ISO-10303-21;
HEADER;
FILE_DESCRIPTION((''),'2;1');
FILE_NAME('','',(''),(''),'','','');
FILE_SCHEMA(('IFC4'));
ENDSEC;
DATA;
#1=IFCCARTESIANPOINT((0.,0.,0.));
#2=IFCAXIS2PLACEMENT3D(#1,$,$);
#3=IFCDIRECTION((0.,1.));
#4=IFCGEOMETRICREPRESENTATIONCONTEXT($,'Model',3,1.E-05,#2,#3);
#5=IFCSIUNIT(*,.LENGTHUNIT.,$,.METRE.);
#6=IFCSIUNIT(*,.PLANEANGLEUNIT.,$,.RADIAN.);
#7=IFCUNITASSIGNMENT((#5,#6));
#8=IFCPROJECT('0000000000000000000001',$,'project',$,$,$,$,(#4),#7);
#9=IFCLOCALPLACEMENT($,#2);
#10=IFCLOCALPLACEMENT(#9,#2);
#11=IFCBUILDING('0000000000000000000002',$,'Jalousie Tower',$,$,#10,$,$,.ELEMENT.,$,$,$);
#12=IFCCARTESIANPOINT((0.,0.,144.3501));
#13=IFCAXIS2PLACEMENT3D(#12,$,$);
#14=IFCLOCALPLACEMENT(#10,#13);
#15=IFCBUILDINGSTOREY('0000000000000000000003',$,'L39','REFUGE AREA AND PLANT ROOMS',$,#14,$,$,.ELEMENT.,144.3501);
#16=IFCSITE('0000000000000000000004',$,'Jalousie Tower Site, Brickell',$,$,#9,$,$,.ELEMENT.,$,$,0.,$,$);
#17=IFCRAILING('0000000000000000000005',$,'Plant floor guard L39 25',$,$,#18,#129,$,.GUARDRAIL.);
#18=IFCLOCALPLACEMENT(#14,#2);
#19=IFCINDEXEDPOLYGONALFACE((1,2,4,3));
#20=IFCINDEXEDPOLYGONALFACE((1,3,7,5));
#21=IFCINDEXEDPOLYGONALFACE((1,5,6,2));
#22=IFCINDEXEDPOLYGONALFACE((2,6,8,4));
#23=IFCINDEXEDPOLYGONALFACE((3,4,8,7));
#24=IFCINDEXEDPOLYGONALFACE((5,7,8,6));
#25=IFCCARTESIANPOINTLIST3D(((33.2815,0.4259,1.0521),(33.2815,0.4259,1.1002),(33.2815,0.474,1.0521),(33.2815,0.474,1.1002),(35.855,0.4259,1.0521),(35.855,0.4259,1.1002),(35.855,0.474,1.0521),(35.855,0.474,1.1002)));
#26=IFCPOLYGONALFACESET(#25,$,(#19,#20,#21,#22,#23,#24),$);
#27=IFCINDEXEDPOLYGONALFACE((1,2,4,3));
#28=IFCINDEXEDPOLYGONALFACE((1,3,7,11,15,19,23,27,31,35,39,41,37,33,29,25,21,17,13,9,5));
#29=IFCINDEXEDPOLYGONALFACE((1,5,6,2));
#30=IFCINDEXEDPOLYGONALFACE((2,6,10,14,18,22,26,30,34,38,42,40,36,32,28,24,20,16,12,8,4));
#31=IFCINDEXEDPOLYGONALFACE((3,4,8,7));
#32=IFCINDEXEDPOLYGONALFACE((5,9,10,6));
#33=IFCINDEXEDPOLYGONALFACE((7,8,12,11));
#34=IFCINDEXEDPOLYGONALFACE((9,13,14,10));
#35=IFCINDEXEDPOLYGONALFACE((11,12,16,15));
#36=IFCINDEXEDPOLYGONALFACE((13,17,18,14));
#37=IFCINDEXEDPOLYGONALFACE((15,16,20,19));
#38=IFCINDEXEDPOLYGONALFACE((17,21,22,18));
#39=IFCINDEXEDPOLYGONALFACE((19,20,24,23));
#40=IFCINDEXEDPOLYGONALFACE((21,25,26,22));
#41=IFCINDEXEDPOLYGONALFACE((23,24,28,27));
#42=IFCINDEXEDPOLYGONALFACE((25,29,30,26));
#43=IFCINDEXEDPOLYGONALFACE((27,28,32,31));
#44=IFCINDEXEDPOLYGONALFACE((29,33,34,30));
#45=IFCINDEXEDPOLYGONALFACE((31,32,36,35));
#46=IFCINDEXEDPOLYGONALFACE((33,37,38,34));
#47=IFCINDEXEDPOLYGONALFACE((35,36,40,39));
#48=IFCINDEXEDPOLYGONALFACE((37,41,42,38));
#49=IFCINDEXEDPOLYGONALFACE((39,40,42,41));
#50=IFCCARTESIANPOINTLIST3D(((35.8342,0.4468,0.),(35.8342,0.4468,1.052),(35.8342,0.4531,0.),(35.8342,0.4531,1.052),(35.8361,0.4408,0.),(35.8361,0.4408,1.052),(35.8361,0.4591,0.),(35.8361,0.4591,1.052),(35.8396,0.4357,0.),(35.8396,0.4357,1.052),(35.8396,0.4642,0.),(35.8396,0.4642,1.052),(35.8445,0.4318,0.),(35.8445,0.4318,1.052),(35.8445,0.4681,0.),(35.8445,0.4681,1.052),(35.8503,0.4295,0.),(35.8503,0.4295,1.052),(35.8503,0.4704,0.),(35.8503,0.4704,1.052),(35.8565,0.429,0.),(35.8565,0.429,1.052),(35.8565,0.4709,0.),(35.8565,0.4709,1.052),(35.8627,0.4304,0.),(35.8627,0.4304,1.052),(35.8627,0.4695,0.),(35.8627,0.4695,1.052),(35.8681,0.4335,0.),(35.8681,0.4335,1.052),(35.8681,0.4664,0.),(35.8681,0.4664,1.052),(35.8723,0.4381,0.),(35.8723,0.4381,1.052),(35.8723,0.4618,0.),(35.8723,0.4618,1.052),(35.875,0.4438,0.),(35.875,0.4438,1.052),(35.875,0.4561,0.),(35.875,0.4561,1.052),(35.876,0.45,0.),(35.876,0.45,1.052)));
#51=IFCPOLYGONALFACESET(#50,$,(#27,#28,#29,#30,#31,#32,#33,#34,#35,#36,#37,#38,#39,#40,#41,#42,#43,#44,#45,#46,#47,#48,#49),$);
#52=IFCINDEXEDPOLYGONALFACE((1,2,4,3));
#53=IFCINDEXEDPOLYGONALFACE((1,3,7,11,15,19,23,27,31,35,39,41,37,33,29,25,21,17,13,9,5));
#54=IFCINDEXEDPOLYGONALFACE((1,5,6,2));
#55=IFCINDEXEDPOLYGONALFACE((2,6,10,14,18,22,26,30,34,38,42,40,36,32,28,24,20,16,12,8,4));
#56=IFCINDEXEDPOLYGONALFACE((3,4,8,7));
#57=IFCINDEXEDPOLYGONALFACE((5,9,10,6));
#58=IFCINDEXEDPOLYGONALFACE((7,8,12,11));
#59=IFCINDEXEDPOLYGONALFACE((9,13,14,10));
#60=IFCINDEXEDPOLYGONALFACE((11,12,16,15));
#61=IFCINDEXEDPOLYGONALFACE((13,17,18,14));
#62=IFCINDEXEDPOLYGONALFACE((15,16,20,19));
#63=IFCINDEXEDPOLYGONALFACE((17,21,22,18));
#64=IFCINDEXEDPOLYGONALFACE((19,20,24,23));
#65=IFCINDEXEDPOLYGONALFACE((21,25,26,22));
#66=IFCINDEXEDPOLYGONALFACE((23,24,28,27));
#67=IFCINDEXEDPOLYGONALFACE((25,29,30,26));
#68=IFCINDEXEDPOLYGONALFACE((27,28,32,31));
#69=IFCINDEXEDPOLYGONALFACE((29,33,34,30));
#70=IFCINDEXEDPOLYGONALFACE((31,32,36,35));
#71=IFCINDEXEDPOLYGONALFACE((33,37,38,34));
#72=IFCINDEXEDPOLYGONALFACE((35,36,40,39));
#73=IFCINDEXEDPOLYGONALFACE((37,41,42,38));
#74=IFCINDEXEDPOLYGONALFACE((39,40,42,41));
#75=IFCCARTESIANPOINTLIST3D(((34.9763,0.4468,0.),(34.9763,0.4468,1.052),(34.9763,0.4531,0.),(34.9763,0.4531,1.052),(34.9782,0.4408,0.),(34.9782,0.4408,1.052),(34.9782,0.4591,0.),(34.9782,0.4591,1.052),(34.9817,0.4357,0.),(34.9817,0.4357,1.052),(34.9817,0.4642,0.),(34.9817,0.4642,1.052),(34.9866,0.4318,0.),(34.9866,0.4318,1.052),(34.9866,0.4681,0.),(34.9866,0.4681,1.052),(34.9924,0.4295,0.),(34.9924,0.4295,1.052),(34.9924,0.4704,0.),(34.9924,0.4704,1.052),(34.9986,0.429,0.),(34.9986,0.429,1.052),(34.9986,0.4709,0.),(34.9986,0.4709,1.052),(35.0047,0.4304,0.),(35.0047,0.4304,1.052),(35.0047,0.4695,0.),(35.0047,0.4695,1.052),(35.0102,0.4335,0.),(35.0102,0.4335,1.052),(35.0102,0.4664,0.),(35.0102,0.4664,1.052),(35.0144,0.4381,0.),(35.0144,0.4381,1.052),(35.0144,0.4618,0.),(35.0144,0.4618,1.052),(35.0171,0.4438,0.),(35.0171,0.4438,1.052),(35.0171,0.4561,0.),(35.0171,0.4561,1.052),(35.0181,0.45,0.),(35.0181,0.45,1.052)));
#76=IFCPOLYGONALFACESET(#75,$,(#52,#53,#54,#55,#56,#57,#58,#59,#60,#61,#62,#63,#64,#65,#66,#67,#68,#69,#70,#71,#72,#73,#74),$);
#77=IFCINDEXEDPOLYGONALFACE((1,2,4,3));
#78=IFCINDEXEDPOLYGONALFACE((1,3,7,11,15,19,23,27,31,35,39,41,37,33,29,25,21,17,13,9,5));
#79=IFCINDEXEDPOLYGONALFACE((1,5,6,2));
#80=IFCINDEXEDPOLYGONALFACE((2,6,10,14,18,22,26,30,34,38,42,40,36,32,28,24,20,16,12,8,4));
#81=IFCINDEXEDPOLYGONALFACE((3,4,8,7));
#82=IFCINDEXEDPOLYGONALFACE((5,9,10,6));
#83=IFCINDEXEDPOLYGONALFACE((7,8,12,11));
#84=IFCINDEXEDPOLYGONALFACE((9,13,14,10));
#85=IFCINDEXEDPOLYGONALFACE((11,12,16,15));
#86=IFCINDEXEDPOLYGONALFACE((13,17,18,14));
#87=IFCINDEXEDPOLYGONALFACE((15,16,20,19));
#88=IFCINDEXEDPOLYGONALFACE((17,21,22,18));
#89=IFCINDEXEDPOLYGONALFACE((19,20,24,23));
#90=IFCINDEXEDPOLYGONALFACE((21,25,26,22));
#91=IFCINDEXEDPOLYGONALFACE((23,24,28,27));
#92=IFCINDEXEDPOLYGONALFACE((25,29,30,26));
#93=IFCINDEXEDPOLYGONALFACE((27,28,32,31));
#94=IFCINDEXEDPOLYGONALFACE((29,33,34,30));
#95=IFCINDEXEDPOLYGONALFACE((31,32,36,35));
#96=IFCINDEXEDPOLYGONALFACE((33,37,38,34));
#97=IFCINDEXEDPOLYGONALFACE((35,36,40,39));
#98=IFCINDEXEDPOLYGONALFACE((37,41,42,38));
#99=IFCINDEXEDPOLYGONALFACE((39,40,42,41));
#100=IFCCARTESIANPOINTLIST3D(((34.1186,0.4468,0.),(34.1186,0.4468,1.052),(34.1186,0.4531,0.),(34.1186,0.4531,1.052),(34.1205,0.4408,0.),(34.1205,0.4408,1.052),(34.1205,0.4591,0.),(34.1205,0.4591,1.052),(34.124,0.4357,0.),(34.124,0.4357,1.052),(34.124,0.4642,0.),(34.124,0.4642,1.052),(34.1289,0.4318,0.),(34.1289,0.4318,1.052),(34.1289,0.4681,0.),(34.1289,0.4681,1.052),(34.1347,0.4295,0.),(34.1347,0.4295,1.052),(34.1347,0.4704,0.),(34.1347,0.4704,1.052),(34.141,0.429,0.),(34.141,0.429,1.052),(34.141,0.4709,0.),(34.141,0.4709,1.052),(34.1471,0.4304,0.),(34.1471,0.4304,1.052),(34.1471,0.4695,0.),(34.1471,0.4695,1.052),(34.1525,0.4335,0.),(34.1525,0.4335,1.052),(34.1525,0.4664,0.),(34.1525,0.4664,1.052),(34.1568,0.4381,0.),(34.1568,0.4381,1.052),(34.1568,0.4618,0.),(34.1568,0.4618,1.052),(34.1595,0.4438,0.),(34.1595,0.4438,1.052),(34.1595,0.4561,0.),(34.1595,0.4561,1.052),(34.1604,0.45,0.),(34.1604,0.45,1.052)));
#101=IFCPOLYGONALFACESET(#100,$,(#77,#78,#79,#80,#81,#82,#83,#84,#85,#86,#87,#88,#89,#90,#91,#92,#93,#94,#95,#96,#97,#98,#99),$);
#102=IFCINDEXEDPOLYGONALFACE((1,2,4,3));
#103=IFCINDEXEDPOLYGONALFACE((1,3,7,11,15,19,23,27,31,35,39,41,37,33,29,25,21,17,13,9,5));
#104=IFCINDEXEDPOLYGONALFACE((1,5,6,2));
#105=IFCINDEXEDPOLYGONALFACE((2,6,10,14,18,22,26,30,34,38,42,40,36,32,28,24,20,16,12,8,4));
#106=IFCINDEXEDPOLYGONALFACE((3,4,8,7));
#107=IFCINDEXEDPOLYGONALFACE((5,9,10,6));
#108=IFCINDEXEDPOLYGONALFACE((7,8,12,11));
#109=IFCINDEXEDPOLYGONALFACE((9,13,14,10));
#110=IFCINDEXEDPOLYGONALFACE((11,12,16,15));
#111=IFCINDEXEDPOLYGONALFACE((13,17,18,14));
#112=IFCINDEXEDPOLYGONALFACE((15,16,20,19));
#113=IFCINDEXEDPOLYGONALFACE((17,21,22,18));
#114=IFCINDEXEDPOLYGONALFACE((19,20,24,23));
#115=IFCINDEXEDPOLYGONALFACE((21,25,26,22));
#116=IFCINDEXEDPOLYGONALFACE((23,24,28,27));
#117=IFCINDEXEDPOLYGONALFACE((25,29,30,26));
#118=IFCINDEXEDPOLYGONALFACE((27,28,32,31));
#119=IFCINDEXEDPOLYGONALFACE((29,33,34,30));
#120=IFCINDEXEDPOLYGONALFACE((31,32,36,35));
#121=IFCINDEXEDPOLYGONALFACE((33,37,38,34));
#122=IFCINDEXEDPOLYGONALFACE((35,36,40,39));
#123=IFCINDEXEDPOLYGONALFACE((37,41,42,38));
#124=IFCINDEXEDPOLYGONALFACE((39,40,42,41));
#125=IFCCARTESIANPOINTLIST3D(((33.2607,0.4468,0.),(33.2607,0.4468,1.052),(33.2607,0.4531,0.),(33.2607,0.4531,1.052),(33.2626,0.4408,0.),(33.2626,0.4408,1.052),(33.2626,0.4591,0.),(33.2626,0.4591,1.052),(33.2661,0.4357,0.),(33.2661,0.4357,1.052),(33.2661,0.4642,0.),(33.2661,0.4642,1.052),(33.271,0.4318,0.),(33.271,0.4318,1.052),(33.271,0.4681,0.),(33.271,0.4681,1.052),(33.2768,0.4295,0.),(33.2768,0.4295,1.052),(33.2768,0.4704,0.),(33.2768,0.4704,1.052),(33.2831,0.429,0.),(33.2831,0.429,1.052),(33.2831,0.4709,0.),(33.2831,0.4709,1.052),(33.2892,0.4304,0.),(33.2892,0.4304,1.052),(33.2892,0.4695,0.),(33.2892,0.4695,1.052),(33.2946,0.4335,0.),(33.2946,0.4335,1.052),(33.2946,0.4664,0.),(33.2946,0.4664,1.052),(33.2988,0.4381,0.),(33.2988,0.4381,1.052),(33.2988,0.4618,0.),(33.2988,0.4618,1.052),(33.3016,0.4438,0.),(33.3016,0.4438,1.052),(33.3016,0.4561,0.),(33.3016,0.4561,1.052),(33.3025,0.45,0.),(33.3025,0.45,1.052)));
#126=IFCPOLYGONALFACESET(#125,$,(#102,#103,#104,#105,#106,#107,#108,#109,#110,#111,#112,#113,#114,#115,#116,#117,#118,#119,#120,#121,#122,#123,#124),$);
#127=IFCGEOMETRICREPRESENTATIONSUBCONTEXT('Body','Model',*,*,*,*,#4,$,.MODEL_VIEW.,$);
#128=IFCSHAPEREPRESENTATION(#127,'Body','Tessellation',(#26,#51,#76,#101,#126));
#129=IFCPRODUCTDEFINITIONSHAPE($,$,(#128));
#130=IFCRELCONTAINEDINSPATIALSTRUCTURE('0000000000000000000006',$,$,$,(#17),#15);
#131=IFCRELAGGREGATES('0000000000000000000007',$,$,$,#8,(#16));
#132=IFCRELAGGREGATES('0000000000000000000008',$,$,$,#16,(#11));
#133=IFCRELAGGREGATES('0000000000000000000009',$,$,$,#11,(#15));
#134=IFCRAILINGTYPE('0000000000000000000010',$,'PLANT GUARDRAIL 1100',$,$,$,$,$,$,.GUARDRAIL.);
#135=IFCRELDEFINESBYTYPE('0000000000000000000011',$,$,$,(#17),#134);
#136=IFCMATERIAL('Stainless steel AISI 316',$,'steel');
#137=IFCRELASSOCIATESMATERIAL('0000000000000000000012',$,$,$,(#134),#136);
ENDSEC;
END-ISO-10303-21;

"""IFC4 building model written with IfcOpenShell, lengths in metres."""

from ifc_helpers import new_model, si_unit, direction, frame, origin, origin_2d, place, context, subcontext, project, spatial, rectangle, circle, extrude, material, type_object, element, save


model = new_model("IFC4")

# Units and contexts
model_context = context("Model", 3, precision=1e-05, world=origin(), true_north=direction((0.0, 1.0)))
body_context = subcontext(model_context, "Body", "Model", "MODEL_VIEW")
ifc_project = project(units=[si_unit("LENGTHUNIT", "METRE"), si_unit("PLANEANGLEUNIT", "RADIAN")], contexts=[model_context])

# Site, building, storey
site_placement = place(None, origin())
site = spatial("IfcSite", under=ifc_project, at=site_placement, Name="Jalousie Tower Site, Brickell", CompositionType="ELEMENT", RefElevation=0.0)
building_placement = place(site_placement, origin())
building = spatial("IfcBuilding", under=site, at=building_placement, Name="Jalousie Tower", CompositionType="ELEMENT")
storey_placement = place(building_placement, frame((0.0, 0.0, 144.3501)))
storey = spatial("IfcBuildingStorey", under=building, at=storey_placement, Name="L39", Description="REFUGE AREA AND PLANT ROOMS", CompositionType="ELEMENT", Elevation=144.3501)

# Railing
ifc_material_1 = material(Name="Stainless steel AISI 316", Category="steel")
railing_type_1 = type_object("IfcRailingType", Name="PLANT GUARDRAIL 1100", PredefinedType="GUARDRAIL", material=ifc_material_1)
railing_1_placement = place(storey_placement, frame((35.855, 0.45, 0.0)))
element("IfcRailing", 1, at=railing_1_placement, inside=storey, type_object=railing_type_1, Name="Plant floor guard L39 25", PredefinedType="GUARDRAIL", context=body_context, shape_type="SweptSolid", body=[
    extrude(rectangle(XDim=0.0481, YDim=0.0481, at=origin_2d()), frame((0.0, 0.0, 1.0762), z_axis=(-1.0, 0.0, 0.0), x_axis=(0.0, -1.0, 0.0)), (0.0, 0.0, 1.0), 2.5735),
    extrude(circle(Radius=0.021, at=origin_2d()), origin(), (0.0, 0.0, 1.0), 1.052),
    extrude(circle(Radius=0.021, at=origin_2d()), frame((-0.8579, 0.0, 0.0)), (0.0, 0.0, 1.0), 1.052),
    extrude(circle(Radius=0.021, at=origin_2d()), frame((-1.7156, 0.0, 0.0)), (0.0, 0.0, 1.0), 1.052),
    extrude(circle(Radius=0.021, at=origin_2d()), frame((-2.5735, 0.0, 0.0)), (0.0, 0.0, 1.0), 1.052),
])

save(model, "model.ifc")
